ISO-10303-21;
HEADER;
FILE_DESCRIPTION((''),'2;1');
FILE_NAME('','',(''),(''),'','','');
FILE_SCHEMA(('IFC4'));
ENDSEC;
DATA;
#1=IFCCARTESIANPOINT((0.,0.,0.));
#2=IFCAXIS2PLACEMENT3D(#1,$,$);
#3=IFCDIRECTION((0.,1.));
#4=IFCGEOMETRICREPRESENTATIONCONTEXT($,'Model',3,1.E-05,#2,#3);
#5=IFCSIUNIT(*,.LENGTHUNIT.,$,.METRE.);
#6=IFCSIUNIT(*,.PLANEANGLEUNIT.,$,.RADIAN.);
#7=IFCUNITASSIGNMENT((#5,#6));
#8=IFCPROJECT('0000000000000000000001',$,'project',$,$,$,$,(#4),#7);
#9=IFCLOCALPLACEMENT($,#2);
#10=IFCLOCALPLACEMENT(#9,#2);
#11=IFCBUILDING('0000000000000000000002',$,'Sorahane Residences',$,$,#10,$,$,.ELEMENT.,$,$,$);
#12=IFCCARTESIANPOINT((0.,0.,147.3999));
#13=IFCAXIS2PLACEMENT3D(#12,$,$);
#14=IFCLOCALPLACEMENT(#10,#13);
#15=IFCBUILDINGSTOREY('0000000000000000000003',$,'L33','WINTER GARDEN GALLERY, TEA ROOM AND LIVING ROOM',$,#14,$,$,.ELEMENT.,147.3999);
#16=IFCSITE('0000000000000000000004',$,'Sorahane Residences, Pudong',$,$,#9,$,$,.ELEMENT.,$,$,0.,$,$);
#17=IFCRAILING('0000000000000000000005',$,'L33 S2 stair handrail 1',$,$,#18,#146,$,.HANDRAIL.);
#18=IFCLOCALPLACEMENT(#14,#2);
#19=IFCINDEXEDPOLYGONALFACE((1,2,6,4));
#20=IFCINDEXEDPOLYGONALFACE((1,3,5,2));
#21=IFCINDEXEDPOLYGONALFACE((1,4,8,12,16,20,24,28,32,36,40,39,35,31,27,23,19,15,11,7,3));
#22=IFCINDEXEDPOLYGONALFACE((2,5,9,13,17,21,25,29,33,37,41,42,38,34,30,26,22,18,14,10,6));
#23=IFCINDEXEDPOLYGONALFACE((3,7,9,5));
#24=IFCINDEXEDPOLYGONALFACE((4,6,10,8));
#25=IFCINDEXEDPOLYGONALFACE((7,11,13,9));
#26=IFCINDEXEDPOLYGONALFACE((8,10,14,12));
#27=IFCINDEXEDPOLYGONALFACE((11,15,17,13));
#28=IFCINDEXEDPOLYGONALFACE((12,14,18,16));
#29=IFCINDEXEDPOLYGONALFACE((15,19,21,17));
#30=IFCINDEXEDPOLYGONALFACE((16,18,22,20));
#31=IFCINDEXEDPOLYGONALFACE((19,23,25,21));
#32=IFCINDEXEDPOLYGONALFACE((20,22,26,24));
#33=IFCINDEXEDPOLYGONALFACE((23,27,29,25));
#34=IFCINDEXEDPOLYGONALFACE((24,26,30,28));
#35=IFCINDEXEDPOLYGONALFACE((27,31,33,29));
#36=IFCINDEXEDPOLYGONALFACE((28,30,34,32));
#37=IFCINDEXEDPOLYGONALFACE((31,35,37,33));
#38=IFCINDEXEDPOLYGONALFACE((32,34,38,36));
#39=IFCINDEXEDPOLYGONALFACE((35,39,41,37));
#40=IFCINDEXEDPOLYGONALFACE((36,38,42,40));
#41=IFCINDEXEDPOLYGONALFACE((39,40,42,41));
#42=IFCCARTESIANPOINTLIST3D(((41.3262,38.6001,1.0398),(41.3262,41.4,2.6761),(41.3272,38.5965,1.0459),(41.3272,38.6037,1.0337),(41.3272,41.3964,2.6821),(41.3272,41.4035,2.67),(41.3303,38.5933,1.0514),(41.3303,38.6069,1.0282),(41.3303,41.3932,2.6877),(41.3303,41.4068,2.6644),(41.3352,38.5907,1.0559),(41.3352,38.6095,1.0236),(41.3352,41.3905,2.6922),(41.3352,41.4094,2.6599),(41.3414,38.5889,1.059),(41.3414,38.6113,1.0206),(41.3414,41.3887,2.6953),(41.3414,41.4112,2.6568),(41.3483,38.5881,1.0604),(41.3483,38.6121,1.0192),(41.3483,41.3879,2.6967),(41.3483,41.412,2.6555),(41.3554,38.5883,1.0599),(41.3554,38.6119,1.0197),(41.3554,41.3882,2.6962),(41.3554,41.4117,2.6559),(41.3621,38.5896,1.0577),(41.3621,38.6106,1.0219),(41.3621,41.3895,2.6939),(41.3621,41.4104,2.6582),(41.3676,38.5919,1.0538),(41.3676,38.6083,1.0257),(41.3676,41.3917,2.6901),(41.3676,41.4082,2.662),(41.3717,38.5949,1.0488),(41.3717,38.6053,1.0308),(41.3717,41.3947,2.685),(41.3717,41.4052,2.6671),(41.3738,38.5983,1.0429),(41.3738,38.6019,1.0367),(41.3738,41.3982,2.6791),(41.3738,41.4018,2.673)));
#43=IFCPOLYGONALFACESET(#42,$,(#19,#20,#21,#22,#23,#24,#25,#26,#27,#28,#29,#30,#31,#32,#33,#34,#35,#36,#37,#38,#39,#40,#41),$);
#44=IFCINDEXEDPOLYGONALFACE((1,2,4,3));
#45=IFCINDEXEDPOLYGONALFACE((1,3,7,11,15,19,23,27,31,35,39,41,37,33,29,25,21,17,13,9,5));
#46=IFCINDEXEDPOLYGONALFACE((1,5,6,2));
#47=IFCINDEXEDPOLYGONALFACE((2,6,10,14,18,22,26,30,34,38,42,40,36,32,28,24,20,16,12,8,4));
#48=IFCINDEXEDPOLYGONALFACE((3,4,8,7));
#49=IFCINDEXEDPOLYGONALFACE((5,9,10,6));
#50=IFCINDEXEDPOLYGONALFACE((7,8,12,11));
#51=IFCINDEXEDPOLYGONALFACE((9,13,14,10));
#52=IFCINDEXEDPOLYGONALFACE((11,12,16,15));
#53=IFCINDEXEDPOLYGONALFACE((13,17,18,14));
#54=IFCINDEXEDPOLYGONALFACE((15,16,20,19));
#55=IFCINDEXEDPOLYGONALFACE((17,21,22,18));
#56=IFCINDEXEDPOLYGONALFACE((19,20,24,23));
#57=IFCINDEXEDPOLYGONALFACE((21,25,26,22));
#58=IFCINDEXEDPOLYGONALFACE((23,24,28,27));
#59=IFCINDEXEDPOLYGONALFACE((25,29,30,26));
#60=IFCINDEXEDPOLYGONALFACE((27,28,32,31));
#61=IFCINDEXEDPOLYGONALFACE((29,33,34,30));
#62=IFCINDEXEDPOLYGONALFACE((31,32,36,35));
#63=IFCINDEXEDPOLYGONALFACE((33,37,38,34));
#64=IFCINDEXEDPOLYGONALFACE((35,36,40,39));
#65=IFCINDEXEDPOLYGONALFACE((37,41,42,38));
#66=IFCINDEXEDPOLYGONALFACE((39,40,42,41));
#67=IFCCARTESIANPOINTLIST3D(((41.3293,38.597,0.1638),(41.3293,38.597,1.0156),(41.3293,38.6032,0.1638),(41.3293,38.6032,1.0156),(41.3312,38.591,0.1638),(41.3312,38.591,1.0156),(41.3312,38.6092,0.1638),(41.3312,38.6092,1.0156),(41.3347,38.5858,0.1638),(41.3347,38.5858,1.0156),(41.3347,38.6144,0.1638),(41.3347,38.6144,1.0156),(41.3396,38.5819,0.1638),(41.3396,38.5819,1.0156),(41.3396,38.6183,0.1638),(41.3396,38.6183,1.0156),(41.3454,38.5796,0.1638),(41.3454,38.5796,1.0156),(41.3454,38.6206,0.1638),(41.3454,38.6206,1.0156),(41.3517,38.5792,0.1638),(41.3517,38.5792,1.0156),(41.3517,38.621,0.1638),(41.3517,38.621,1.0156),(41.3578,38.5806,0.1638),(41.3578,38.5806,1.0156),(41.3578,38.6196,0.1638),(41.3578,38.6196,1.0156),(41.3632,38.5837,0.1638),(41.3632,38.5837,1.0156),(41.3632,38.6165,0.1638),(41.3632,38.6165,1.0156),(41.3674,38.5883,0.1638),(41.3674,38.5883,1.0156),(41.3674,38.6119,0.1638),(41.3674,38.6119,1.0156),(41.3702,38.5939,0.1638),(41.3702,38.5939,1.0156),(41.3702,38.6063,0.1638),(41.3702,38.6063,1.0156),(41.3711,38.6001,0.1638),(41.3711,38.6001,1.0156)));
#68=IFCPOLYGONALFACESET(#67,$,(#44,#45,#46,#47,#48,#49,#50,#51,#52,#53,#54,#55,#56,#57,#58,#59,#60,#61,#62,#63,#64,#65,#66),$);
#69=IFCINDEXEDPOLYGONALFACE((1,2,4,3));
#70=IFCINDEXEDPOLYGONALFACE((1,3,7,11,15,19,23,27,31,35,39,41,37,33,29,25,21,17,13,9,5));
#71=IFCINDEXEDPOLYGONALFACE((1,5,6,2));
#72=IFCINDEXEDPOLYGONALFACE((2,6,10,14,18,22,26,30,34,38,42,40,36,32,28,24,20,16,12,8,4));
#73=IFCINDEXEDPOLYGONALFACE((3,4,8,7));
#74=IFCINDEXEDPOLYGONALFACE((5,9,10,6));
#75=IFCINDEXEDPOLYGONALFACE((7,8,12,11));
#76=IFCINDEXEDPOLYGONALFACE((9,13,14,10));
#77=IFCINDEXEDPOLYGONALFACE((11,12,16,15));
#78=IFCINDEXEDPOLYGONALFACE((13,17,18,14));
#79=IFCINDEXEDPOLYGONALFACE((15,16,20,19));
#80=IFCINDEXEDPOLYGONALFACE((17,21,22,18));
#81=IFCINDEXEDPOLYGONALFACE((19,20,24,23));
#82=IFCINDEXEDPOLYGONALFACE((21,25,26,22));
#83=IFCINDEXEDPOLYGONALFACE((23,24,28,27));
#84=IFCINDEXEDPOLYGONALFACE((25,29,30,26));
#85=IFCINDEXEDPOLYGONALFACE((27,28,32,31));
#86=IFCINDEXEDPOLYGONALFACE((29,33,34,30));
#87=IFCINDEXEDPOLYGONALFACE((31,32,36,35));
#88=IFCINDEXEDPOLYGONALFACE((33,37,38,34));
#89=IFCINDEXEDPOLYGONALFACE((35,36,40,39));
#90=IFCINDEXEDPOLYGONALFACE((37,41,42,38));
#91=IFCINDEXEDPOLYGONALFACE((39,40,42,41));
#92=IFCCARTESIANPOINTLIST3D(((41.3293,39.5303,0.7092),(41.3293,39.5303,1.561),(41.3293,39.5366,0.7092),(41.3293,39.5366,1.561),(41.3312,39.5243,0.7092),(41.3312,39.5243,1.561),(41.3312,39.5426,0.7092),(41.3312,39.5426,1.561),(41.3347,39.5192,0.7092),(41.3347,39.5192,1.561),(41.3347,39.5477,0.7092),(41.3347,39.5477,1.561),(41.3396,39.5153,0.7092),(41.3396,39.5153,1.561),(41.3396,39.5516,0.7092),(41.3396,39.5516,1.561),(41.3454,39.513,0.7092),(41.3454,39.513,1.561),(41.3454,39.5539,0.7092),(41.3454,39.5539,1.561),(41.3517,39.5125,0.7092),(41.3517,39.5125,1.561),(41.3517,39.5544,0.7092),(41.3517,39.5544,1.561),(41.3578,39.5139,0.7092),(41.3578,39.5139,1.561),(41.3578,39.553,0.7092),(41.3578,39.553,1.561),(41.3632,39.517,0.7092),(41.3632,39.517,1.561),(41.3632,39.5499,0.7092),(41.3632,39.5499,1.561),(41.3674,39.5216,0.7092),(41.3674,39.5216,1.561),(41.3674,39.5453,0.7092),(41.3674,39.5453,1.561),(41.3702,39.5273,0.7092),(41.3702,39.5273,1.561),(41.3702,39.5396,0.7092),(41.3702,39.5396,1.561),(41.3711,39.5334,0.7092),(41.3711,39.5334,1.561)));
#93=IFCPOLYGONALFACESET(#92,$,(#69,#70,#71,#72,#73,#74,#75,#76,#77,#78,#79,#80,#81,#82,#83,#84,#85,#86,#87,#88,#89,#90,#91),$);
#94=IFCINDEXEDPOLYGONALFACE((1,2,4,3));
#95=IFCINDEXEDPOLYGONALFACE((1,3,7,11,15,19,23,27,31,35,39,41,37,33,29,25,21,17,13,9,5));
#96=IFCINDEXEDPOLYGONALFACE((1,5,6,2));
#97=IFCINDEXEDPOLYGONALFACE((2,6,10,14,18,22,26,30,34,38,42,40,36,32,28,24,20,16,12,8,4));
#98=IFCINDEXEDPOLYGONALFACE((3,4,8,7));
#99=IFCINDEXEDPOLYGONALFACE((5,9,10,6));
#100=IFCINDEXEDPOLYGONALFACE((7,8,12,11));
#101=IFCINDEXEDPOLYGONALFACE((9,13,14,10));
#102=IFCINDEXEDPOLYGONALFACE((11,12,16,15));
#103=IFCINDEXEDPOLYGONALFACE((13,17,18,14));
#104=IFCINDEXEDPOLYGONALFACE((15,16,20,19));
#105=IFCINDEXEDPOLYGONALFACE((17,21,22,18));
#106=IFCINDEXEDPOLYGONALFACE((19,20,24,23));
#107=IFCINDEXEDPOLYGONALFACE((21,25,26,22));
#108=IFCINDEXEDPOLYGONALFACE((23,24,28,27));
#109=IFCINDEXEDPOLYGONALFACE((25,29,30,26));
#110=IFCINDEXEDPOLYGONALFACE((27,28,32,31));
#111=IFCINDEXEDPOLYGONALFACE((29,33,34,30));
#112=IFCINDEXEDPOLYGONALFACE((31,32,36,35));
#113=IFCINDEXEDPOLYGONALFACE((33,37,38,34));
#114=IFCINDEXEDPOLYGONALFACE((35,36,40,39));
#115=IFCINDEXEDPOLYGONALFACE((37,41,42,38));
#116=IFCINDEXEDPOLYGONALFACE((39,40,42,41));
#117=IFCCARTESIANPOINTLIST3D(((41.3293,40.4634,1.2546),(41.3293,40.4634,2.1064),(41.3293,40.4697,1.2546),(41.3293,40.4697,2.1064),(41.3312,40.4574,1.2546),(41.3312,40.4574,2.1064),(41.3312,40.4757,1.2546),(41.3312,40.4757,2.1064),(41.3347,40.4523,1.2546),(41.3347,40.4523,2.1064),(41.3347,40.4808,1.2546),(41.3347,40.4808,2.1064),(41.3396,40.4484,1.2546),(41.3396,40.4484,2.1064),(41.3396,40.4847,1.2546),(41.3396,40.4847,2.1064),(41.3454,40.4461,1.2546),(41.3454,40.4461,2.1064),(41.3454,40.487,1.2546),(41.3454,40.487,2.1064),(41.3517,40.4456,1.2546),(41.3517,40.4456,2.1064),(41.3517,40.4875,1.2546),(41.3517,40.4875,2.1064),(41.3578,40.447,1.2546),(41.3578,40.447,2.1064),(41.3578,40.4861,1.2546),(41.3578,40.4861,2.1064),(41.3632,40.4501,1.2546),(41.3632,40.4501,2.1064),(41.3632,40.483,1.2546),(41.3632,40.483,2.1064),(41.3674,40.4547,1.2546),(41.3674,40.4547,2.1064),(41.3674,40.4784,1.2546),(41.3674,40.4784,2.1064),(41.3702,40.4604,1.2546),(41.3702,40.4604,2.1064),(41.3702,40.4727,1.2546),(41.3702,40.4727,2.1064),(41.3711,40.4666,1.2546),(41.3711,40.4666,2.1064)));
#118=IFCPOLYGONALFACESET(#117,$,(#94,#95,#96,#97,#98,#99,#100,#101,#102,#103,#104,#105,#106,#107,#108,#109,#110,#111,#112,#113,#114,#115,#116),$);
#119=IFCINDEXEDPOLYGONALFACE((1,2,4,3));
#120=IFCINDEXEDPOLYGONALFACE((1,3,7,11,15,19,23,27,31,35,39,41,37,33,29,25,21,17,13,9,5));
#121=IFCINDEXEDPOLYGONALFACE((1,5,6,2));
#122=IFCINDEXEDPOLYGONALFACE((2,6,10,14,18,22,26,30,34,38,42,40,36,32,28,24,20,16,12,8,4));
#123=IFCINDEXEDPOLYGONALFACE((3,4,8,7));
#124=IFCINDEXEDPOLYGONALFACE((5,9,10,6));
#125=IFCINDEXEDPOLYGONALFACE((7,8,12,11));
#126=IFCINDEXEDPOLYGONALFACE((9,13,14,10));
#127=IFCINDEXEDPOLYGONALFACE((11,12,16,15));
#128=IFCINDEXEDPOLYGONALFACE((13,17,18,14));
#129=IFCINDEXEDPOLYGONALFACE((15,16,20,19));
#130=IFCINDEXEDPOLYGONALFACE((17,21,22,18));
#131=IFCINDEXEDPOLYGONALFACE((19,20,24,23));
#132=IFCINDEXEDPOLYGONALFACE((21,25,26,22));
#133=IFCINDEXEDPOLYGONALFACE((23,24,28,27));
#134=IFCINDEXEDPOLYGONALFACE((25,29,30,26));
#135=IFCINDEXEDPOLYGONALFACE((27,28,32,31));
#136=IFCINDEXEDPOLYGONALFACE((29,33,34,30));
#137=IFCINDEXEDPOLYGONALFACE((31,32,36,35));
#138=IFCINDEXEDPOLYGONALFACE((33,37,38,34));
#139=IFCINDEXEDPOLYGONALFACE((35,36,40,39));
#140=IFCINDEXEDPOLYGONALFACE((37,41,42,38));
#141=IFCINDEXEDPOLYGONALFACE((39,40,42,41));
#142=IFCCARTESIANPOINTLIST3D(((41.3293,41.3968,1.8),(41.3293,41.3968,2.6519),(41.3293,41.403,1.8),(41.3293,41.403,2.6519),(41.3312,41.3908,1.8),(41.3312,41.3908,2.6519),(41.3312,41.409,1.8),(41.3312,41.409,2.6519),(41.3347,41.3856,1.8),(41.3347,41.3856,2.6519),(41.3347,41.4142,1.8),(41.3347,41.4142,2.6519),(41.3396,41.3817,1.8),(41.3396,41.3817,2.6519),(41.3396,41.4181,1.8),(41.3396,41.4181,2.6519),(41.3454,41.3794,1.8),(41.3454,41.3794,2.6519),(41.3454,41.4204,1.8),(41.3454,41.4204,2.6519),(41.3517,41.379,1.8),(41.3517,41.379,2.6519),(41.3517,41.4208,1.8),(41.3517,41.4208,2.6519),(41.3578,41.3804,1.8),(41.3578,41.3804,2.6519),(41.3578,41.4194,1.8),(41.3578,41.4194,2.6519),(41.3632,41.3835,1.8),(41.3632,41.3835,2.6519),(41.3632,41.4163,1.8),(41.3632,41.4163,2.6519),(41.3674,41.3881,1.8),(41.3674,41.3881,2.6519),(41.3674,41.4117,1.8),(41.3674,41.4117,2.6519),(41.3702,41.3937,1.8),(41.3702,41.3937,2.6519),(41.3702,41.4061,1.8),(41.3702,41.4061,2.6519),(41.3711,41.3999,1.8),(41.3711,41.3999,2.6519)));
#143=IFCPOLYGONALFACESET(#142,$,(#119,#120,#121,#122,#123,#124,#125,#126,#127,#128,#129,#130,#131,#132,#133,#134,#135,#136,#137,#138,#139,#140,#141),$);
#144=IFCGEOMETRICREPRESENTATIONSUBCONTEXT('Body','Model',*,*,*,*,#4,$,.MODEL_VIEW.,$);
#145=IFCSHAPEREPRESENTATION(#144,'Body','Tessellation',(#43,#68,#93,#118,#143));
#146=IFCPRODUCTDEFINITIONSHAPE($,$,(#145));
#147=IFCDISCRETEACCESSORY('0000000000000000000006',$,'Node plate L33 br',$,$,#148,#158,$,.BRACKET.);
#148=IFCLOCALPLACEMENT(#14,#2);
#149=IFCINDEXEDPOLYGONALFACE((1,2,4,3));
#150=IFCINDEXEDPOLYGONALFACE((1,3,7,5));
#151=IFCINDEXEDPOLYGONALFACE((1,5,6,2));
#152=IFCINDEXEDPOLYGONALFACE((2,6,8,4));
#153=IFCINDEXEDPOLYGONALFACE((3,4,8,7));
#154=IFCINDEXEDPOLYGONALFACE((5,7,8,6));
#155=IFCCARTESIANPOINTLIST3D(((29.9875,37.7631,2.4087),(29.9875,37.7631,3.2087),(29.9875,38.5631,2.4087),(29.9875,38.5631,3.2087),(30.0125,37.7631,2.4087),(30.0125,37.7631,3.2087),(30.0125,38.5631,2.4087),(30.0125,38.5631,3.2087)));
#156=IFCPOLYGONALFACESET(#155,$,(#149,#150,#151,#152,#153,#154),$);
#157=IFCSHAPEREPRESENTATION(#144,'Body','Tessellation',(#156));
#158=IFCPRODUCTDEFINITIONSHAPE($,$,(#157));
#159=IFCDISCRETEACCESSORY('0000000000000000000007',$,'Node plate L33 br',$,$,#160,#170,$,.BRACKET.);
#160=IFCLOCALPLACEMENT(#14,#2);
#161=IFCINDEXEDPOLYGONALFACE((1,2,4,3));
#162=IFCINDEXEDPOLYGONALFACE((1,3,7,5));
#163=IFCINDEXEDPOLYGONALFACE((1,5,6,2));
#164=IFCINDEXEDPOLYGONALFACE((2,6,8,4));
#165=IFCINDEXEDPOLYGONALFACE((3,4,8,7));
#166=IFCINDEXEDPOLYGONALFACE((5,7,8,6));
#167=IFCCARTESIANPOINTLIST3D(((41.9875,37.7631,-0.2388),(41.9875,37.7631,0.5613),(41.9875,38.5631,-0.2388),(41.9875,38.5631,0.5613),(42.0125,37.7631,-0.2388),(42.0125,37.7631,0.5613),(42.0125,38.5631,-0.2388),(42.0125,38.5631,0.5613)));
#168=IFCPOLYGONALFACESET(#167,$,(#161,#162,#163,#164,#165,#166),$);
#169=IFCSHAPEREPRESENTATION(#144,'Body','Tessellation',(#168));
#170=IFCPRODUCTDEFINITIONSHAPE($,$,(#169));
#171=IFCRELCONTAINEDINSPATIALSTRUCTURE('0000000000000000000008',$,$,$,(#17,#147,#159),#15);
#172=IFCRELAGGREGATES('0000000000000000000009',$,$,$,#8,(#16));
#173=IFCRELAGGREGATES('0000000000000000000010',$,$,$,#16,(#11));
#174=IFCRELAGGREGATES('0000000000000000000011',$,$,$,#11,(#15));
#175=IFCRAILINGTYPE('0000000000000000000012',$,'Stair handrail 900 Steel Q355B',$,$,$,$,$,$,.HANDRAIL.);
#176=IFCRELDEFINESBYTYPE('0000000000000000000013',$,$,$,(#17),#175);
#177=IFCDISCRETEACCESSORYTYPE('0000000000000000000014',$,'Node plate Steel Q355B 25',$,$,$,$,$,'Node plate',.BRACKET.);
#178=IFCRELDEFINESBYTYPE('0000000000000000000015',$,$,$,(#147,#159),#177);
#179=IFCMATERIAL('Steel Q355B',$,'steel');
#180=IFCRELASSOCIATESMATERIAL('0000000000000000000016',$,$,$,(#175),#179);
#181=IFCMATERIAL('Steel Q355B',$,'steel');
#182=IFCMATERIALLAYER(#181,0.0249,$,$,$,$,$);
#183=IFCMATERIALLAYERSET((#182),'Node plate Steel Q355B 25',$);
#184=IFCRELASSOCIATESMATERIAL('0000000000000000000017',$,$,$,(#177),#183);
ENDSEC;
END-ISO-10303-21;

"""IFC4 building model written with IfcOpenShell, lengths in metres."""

from ifc_helpers import new_model, si_unit, direction, frame, origin, origin_2d, place, context, subcontext, project, spatial, rectangle, circle, extrude, material, layer, layer_set, type_object, element, save


model = new_model("IFC4")

# Units and contexts
model_context = context("Model", 3, precision=1e-05, world=origin(), true_north=direction((0.0, 1.0)))
body_context = subcontext(model_context, "Body", "Model", "MODEL_VIEW")
ifc_project = project(units=[si_unit("LENGTHUNIT", "METRE"), si_unit("PLANEANGLEUNIT", "RADIAN")], contexts=[model_context])

# Site, building, storey
site_placement = place(None, origin())
site = spatial("IfcSite", under=ifc_project, at=site_placement, Name="Sorahane Residences, Pudong", CompositionType="ELEMENT", RefElevation=0.0)
building_placement = place(site_placement, origin())
building = spatial("IfcBuilding", under=site, at=building_placement, Name="Sorahane Residences", CompositionType="ELEMENT")
storey_placement = place(building_placement, frame((0.0, 0.0, 147.3999)))
storey = spatial("IfcBuildingStorey", under=building, at=storey_placement, Name="L33", Description="WINTER GARDEN GALLERY, TEA ROOM AND LIVING ROOM", CompositionType="ELEMENT", Elevation=147.3999)

# Railing
ifc_material_1 = material(Name="Steel Q355B", Category="steel")
railing_type_1 = type_object("IfcRailingType", Name="Stair handrail 900 Steel Q355B", PredefinedType="HANDRAIL", material=ifc_material_1)
railing_1_placement = place(storey_placement, frame((41.3501, 38.6001, 0.1638)))
element("IfcRailing", 1, at=railing_1_placement, inside=storey, type_object=railing_type_1, Name="L33 S2 stair handrail 1", PredefinedType="HANDRAIL", context=body_context, shape_type="SweptSolid", body=[
    extrude(circle(Radius=0.0239, at=origin_2d()), frame((0.0, 0.0, 0.876), z_axis=(0.0, 0.863374, 0.504564), x_axis=(-1.0, 0.0, 0.0)), (0.0, 0.0, 1.0), 3.2429),
    extrude(circle(Radius=0.021, at=origin_2d()), origin(), (0.0, 0.0, 1.0), 0.8518),
    extrude(circle(Radius=0.021, at=origin_2d()), frame((0.0, 0.9333, 0.5454)), (0.0, 0.0, 1.0), 0.8518),
    extrude(circle(Radius=0.021, at=origin_2d()), frame((0.0, 1.8665, 1.0908)), (0.0, 0.0, 1.0), 0.8518),
    extrude(circle(Radius=0.021, at=origin_2d()), frame((0.0, 2.7998, 1.6362)), (0.0, 0.0, 1.0), 0.8518),
])

# Discrete accessories
ifc_material_2 = material(Name="Steel Q355B", Category="steel")
ifc_layer_1 = layer(ifc_material_2, 0.0249)
ifc_layer_set_1 = layer_set([ifc_layer_1], Name="Node plate Steel Q355B 25")
discrete_accessory_type = type_object("IfcDiscreteAccessoryType", Name="Node plate Steel Q355B 25", ElementType="Node plate", PredefinedType="BRACKET", material=ifc_layer_set_1)
for number, where, z_axis, x_axis, name in (
    (2, (30.0, 38.1631, 2.4087), (0.0, 0.0, 1.0), (0.0, 1.0, 0.0), "Node plate L33 br"),
    (3, (42.0, 38.1631, -0.2388), (0.0, 0.0, 1.0), (0.0, 1.0, 0.0), "Node plate L33 br"),
):
    element("IfcDiscreteAccessory", number, at=place(storey_placement, frame(where, z_axis=z_axis, x_axis=x_axis)), inside=storey, type_object=discrete_accessory_type, Name=name, PredefinedType="BRACKET", context=body_context, shape_type="SweptSolid", body=[
        extrude(rectangle(XDim=0.8, YDim=0.0249, at=origin_2d()), origin(), (0.0, 0.0, 1.0), 0.8),
    ])

save(model, "model.ifc")
